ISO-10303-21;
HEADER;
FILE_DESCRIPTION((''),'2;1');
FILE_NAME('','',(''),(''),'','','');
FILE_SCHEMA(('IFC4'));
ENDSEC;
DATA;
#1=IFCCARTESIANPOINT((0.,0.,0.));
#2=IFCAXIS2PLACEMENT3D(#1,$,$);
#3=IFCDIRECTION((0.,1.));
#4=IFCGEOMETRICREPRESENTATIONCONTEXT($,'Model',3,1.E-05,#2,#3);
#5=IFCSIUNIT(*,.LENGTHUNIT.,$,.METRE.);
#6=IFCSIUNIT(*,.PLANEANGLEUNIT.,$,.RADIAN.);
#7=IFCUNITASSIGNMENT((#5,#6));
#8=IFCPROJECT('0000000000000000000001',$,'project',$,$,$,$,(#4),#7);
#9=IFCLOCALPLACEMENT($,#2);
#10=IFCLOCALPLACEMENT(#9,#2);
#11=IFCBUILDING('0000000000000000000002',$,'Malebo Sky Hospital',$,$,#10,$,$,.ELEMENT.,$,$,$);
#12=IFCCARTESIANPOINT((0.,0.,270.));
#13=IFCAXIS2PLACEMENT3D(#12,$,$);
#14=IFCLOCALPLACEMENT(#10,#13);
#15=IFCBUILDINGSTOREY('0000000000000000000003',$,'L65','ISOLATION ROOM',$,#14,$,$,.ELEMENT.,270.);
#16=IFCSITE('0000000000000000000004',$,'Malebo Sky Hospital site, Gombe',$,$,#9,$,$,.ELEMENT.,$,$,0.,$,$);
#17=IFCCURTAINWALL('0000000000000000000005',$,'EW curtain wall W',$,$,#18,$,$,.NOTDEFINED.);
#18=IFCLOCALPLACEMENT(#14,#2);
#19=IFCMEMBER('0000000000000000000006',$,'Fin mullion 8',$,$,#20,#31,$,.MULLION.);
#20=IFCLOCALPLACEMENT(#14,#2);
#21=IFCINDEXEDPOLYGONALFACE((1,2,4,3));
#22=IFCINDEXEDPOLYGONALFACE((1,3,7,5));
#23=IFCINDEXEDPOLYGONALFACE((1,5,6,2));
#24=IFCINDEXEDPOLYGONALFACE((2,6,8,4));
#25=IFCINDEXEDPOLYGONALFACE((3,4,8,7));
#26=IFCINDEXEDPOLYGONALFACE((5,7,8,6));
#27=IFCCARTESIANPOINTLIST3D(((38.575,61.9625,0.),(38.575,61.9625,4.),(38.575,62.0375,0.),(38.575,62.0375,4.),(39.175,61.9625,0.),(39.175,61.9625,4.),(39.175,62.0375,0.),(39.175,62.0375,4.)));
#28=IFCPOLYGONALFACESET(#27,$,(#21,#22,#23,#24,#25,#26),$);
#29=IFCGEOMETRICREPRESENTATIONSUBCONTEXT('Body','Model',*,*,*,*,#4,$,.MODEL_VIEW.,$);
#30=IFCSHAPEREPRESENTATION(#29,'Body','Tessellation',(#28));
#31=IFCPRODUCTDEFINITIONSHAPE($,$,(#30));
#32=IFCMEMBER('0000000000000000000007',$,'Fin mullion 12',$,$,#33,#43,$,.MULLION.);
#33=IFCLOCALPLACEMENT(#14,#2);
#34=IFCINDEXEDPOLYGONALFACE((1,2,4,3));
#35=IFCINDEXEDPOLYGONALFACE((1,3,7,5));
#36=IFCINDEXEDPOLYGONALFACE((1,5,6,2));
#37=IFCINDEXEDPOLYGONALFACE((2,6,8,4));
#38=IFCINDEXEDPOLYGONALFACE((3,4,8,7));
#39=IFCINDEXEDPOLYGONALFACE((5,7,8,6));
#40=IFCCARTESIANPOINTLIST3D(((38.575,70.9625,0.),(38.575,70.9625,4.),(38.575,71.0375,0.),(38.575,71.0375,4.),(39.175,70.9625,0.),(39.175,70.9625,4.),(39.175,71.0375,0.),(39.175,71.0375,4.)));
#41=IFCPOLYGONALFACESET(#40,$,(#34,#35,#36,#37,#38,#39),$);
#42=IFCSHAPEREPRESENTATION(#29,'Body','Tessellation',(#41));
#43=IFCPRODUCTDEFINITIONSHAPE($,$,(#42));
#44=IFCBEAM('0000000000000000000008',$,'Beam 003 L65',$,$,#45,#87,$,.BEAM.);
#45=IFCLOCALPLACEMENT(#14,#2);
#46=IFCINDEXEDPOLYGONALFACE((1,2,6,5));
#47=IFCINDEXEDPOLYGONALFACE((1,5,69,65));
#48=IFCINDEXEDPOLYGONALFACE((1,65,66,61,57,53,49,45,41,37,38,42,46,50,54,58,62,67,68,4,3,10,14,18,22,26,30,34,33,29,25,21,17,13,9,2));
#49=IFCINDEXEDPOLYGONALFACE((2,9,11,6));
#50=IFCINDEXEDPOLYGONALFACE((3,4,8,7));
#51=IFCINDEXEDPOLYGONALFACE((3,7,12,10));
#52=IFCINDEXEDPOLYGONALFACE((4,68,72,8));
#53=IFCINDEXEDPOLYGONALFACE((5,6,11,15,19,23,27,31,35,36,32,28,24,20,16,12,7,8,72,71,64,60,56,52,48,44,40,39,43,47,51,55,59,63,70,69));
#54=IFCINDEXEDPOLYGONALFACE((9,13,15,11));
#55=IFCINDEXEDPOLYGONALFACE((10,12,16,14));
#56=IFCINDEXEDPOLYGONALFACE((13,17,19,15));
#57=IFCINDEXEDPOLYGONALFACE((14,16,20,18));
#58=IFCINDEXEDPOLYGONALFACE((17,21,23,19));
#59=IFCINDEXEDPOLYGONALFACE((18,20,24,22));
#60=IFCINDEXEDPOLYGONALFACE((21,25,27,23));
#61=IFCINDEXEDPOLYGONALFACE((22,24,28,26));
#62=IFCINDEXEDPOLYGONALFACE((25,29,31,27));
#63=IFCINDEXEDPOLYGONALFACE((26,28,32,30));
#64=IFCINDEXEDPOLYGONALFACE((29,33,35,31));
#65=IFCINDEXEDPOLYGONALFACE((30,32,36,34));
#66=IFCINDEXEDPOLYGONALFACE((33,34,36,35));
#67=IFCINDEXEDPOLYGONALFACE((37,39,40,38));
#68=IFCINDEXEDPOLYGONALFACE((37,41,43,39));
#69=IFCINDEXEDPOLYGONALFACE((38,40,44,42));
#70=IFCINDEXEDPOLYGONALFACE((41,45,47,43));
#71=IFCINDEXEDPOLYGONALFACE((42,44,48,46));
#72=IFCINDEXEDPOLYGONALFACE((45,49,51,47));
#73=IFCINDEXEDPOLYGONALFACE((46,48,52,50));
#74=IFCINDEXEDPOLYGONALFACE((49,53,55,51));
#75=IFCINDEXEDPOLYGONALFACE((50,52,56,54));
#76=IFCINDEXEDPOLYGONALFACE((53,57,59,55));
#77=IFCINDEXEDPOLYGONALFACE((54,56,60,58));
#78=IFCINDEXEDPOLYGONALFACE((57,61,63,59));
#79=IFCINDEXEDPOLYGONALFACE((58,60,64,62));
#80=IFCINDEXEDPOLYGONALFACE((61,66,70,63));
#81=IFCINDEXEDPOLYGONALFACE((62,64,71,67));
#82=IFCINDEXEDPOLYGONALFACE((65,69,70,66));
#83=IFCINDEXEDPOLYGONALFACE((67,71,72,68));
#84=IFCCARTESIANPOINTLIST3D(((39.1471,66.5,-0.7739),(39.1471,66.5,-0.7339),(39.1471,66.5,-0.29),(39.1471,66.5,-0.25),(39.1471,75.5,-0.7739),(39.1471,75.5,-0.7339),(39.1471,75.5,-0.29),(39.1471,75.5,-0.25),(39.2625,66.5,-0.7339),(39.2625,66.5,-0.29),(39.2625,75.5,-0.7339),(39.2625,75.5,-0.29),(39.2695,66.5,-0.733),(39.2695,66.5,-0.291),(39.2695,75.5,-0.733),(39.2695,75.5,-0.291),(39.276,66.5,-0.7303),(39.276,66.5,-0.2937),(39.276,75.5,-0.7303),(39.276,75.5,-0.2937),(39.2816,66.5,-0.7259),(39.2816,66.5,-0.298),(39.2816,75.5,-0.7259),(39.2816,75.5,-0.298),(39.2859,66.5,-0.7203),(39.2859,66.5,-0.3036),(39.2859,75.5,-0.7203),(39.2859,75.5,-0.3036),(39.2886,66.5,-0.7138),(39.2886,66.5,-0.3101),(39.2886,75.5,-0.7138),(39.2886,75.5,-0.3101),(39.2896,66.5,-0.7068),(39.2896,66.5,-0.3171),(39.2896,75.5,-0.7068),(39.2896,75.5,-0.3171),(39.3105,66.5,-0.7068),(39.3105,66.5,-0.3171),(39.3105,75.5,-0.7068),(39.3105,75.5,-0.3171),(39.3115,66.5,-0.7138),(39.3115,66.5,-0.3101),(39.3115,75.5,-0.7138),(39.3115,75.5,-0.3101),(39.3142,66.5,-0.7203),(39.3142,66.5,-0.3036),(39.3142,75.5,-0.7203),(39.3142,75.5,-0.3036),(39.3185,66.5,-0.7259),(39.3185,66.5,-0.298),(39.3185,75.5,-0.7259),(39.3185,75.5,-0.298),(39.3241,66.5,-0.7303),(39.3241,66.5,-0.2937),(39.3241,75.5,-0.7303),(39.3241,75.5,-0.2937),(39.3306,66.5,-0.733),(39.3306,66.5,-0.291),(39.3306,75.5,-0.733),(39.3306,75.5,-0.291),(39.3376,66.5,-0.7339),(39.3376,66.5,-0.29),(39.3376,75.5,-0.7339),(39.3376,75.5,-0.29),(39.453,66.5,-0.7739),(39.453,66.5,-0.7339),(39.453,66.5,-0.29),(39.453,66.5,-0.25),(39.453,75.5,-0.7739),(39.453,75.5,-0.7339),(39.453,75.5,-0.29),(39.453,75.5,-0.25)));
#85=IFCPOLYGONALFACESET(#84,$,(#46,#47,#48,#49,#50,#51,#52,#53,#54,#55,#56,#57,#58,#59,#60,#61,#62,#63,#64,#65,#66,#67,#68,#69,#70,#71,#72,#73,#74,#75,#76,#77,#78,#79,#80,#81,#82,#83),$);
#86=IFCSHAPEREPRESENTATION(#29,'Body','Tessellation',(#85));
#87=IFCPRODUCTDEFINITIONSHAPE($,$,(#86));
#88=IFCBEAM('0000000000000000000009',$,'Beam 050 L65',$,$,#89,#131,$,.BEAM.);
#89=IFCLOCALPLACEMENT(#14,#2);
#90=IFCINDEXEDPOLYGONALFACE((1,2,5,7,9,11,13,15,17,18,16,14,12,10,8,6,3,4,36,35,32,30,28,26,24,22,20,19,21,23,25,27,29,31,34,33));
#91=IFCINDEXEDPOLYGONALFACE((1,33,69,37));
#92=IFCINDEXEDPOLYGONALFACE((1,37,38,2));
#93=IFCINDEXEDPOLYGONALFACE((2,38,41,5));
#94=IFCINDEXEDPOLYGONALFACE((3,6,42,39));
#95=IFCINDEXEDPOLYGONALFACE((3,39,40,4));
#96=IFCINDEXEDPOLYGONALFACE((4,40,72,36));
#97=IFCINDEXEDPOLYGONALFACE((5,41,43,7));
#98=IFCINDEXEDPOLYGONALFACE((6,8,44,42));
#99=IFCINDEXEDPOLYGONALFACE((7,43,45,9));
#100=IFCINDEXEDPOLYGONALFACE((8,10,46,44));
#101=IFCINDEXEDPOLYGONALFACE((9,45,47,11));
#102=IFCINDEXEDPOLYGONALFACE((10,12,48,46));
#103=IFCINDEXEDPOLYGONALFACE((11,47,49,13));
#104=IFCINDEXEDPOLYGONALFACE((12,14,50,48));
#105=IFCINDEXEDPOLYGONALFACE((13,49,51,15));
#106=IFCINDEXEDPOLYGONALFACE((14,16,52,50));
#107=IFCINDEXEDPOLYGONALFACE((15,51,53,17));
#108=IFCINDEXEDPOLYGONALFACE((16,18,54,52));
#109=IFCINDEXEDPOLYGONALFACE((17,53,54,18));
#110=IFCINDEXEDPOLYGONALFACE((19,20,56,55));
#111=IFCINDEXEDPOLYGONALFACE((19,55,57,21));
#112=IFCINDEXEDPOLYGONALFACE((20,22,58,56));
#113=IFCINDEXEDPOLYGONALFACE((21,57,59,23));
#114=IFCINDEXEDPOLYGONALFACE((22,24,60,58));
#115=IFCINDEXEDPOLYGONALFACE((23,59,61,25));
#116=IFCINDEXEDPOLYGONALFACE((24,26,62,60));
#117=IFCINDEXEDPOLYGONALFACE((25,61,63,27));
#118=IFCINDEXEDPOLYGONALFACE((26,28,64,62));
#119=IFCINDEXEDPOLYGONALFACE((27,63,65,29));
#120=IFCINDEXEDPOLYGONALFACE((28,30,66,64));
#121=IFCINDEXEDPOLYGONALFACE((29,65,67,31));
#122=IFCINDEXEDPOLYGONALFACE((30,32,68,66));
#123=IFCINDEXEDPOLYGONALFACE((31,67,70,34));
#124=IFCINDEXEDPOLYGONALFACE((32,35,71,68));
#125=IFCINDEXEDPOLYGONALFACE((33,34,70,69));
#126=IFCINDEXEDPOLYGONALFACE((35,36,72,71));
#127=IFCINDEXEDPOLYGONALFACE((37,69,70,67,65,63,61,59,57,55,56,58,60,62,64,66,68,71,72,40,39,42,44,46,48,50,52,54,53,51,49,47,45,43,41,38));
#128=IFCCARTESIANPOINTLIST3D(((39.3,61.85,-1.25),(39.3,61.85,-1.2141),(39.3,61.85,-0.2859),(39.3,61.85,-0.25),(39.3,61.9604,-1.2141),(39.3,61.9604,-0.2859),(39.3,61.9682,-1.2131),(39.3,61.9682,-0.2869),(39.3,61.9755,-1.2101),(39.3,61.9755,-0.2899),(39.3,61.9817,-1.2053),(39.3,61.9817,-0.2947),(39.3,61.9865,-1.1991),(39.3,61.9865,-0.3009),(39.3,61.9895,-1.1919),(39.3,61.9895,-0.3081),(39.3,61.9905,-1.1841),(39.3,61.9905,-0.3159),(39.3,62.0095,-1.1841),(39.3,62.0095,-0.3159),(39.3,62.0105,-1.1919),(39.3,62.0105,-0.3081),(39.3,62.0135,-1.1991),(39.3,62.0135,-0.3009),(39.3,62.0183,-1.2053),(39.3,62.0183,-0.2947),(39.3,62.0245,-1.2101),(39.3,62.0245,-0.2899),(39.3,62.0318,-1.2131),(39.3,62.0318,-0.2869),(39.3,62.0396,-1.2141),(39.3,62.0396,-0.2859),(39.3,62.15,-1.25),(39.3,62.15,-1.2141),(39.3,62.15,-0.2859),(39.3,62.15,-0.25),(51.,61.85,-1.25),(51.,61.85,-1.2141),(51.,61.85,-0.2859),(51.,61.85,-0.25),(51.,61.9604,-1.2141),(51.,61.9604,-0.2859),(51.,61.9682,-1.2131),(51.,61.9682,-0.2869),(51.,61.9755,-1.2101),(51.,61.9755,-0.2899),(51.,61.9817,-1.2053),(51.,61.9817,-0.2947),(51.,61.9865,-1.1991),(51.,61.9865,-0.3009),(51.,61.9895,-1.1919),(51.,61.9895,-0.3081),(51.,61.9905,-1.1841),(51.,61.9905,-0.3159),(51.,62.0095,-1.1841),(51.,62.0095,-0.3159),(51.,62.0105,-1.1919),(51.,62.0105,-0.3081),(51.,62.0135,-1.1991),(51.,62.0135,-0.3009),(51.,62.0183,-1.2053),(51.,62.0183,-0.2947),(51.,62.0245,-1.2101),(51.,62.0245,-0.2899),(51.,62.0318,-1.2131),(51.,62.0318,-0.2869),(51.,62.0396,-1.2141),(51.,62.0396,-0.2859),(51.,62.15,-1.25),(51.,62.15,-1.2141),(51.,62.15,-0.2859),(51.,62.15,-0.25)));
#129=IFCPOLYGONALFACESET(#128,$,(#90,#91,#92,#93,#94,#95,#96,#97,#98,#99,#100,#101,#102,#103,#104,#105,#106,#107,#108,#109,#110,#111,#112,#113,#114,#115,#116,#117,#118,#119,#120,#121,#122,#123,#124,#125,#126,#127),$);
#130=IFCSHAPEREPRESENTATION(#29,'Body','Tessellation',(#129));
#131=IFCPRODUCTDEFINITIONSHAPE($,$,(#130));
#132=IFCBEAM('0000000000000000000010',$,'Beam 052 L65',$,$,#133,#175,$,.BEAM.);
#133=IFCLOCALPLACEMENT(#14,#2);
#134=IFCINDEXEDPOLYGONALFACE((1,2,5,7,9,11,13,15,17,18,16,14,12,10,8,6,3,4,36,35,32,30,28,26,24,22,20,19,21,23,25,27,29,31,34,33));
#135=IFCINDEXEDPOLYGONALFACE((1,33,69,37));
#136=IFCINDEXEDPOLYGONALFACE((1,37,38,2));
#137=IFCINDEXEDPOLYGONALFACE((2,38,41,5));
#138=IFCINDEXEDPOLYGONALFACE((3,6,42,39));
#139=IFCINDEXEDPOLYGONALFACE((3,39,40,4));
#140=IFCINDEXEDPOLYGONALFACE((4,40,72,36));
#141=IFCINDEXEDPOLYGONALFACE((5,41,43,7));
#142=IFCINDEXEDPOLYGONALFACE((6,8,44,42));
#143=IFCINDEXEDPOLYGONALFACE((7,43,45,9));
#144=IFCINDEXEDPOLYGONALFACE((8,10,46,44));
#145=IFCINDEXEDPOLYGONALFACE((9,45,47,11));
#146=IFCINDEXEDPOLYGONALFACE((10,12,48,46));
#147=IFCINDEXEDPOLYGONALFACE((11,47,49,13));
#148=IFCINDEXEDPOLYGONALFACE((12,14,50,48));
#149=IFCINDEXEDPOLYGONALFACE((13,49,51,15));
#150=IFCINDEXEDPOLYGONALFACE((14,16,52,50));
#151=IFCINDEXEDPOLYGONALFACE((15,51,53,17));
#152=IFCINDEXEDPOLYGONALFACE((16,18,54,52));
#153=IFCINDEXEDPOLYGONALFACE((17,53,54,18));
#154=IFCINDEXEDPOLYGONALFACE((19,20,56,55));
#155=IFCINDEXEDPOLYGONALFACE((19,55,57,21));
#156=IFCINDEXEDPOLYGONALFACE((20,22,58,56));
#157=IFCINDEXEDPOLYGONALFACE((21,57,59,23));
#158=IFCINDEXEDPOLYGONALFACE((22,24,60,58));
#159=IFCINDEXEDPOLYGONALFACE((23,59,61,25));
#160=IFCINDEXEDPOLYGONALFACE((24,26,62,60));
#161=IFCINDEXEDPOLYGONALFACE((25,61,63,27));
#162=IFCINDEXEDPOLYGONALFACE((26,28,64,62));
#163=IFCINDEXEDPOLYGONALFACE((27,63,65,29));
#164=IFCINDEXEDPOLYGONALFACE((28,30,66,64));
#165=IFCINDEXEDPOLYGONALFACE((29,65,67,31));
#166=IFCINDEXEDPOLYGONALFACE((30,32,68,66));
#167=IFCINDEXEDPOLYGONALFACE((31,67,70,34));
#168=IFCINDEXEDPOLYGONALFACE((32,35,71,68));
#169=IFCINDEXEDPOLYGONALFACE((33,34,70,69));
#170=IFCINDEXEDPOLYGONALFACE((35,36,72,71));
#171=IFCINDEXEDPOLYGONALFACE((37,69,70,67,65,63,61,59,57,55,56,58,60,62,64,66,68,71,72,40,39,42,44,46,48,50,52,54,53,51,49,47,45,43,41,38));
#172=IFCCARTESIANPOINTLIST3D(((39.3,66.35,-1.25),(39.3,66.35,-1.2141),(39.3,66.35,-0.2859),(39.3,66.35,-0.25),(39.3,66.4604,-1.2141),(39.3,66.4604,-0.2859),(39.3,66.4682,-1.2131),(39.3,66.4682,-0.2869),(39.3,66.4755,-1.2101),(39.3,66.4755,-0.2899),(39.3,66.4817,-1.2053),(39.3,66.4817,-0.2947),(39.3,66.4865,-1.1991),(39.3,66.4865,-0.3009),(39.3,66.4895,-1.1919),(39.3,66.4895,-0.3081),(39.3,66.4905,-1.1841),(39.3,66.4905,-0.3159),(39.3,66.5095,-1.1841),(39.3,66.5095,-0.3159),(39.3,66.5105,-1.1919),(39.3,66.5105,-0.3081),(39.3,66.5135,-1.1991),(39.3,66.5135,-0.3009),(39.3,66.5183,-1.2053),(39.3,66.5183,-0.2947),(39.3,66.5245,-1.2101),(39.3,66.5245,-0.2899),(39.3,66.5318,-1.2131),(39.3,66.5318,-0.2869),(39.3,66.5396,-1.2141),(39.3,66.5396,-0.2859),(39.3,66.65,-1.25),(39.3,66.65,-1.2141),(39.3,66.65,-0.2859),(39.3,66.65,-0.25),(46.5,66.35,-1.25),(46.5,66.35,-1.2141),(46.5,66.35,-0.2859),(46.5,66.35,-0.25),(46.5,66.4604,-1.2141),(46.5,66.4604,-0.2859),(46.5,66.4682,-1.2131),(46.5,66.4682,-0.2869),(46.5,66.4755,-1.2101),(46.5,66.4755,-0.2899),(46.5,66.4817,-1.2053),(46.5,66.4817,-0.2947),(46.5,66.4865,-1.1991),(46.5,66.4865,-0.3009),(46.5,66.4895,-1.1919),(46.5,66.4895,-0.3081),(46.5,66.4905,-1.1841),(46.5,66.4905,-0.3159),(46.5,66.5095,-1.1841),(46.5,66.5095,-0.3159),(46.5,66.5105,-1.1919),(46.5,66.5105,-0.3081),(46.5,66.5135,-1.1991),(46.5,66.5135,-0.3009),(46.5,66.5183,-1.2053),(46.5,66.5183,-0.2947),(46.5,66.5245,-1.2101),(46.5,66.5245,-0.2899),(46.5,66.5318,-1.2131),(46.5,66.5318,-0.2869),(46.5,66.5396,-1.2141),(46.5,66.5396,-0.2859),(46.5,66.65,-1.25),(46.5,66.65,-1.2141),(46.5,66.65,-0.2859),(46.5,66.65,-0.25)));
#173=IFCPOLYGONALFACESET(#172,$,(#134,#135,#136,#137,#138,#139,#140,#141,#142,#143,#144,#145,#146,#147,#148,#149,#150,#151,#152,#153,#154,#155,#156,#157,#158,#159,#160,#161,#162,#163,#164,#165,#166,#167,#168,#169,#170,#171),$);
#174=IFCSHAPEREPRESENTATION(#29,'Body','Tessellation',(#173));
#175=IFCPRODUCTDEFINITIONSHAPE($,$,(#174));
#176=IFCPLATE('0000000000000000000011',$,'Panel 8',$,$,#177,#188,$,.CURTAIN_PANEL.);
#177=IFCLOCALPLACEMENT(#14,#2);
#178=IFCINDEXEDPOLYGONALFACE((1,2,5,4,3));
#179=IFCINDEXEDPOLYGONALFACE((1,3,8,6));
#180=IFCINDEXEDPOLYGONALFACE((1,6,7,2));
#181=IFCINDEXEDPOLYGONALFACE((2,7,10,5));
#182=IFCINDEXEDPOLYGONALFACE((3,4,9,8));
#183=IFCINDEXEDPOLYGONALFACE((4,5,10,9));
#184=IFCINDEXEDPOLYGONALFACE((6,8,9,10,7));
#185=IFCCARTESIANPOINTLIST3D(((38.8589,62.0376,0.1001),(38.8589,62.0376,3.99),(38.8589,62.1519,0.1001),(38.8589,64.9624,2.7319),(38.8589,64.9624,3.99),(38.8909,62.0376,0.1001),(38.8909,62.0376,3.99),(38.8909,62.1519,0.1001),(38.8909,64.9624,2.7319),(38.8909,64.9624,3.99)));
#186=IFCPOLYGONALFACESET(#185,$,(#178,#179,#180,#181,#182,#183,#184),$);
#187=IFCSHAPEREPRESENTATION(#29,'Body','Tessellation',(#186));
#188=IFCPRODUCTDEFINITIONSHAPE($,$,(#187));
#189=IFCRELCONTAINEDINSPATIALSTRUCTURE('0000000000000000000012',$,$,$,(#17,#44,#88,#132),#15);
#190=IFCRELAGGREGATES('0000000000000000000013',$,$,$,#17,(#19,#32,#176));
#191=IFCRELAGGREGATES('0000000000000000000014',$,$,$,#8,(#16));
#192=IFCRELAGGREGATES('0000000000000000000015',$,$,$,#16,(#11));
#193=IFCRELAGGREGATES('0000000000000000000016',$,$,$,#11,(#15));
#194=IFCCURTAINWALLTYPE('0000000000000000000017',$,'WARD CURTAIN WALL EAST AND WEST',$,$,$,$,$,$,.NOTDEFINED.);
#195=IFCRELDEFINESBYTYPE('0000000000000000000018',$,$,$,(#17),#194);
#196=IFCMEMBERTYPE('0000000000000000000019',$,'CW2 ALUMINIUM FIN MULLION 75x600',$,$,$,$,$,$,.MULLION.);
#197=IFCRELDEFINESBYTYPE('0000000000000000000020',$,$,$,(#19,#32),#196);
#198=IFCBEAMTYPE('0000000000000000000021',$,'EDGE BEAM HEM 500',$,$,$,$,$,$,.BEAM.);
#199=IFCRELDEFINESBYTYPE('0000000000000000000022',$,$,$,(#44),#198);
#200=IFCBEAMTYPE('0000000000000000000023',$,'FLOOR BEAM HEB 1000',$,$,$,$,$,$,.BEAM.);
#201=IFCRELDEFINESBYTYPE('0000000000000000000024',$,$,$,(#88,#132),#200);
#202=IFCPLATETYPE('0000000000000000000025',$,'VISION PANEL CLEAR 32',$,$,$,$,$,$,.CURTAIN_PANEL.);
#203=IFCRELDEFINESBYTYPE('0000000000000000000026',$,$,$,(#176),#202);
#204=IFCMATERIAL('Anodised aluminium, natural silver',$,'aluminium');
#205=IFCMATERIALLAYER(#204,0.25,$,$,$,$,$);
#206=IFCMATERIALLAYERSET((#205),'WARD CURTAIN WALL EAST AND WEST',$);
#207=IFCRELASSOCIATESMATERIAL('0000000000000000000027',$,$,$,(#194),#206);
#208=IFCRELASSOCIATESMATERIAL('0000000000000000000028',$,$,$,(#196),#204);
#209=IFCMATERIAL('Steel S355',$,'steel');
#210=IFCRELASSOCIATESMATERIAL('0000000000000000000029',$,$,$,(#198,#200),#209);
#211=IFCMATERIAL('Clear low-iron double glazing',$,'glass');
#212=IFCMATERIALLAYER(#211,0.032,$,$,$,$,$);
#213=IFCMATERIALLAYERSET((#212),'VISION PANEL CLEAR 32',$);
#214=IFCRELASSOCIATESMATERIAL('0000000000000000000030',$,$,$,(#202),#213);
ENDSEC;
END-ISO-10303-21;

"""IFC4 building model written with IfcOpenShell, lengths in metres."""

from ifc_helpers import new_model, si_unit, direction, frame, origin, origin_2d, place, context, subcontext, project, spatial, polyline, rectangle, i_section, outline, extrude, material, layer, layer_set, material_profile, profile_set, type_object, element, aggregate, save


model = new_model("IFC4")

# Units and contexts
model_context = context("Model", 3, precision=1e-05, world=origin(), true_north=direction((0.0, 1.0)))
body_context = subcontext(model_context, "Body", "Model", "MODEL_VIEW")
ifc_project = project(units=[si_unit("LENGTHUNIT", "METRE"), si_unit("PLANEANGLEUNIT", "RADIAN")], contexts=[model_context])

# Site, building, storey
site_placement = place(None, origin())
site = spatial("IfcSite", under=ifc_project, at=site_placement, Name="Malebo Sky Hospital site, Gombe", CompositionType="ELEMENT", RefElevation=0.0)
building_placement = place(site_placement, origin())
building = spatial("IfcBuilding", under=site, at=building_placement, Name="Malebo Sky Hospital", CompositionType="ELEMENT")
storey_placement = place(building_placement, frame((0.0, 0.0, 270.0)))
storey = spatial("IfcBuildingStorey", under=building, at=storey_placement, Name="L65", Description="ISOLATION ROOM", CompositionType="ELEMENT", Elevation=270.0)

# Curtain wall
ifc_material_1 = material(Name="Anodised aluminium, natural silver", Category="aluminium")
ifc_layer_1 = layer(ifc_material_1, 0.25)
ifc_layer_set_1 = layer_set([ifc_layer_1], Name="WARD CURTAIN WALL EAST AND WEST")
curtain_wall_type = type_object("IfcCurtainWallType", Name="WARD CURTAIN WALL EAST AND WEST", PredefinedType="NOTDEFINED", material=ifc_layer_set_1)
curtain_wall_placement = place(storey_placement, origin())
curtain_wall = element("IfcCurtainWall", 1, at=curtain_wall_placement, inside=storey, type_object=curtain_wall_type, Name="EW curtain wall W", PredefinedType="NOTDEFINED")

# Members
ifc_material_2 = material(Name="Steel S355", Category="steel")
ifc_material_profile_1 = material_profile(ifc_material_1, rectangle(XDim=0.075, YDim=0.6001, at=origin_2d()), Name="CW2 ALUMINIUM FIN MULLION 75x600")
ifc_profile_set_1 = profile_set([ifc_material_profile_1], Name="Anodised aluminium, natural silver")
member_type_1 = type_object("IfcMemberType", Name="CW2 ALUMINIUM FIN MULLION 75x600", PredefinedType="MULLION", material=ifc_profile_set_1)
member_1_placement = place(storey_placement, frame((38.875, 62.0, 0.0), z_axis=(0.0, 0.0, 1.0), x_axis=(0.0, 1.0, 0.0)))
member_1 = element("IfcMember", 2, at=member_1_placement, type_object=member_type_1, Name="Fin mullion 8", PredefinedType="MULLION", context=body_context, shape_type="SweptSolid", body=[
    extrude(rectangle(XDim=0.075, YDim=0.6001, at=origin_2d()), origin(), (0.0, 0.0, 1.0), 4.0),
])
member_2_placement = place(storey_placement, frame((38.875, 71.0, 0.0), z_axis=(0.0, 0.0, 1.0), x_axis=(0.0, 1.0, 0.0)))
member_2 = element("IfcMember", 3, at=member_2_placement, type_object=member_type_1, Name="Fin mullion 12", PredefinedType="MULLION", context=body_context, shape_type="SweptSolid", body=[
    extrude(rectangle(XDim=0.075, YDim=0.6001, at=origin_2d()), origin(), (0.0, 0.0, 1.0), 4.0),
])

# Beams
ifc_material_profile_2 = material_profile(ifc_material_2, i_section(OverallWidth=0.3059, OverallDepth=0.5239, WebThickness=0.021, FlangeThickness=0.04, FilletRadius=0.0271, at=origin_2d()), Name="HEM 500")
ifc_profile_set_2 = profile_set([ifc_material_profile_2], Name="Steel S355")
beam_type_1 = type_object("IfcBeamType", Name="EDGE BEAM HEM 500", PredefinedType="BEAM", material=ifc_profile_set_2)
beam_1_placement = place(storey_placement, frame((39.3, 66.5, -0.512), z_axis=(0.0, 1.0, 0.0), x_axis=(-1.0, 0.0, 0.0)))
element("IfcBeam", 4, at=beam_1_placement, inside=storey, type_object=beam_type_1, Name="Beam 003 L65", PredefinedType="BEAM", context=body_context, shape_type="SweptSolid", body=[
    extrude(i_section(OverallWidth=0.3059, OverallDepth=0.5239, WebThickness=0.021, FlangeThickness=0.04, FilletRadius=0.0271, at=origin_2d()), origin(), (0.0, 0.0, 1.0), 9.0),
])
ifc_material_profile_3 = material_profile(ifc_material_2, i_section(OverallWidth=0.3, OverallDepth=1.0, WebThickness=0.019, FlangeThickness=0.0359, FilletRadius=0.03, at=origin_2d()), Name="HEB 1000")
ifc_profile_set_3 = profile_set([ifc_material_profile_3], Name="Steel S355")
beam_type_2 = type_object("IfcBeamType", Name="FLOOR BEAM HEB 1000", PredefinedType="BEAM", material=ifc_profile_set_3)
beam_2_placement = place(storey_placement, frame((39.3, 62.0, -0.75), z_axis=(1.0, 0.0, 0.0), x_axis=(0.0, 1.0, 0.0)))
element("IfcBeam", 5, at=beam_2_placement, inside=storey, type_object=beam_type_2, Name="Beam 050 L65", PredefinedType="BEAM", context=body_context, shape_type="SweptSolid", body=[
    extrude(i_section(OverallWidth=0.3, OverallDepth=1.0, WebThickness=0.019, FlangeThickness=0.0359, FilletRadius=0.03, at=origin_2d()), origin(), (0.0, 0.0, 1.0), 11.7),
])
beam_3_placement = place(storey_placement, frame((39.3, 66.5, -0.75), z_axis=(1.0, 0.0, 0.0), x_axis=(0.0, 1.0, 0.0)))
element("IfcBeam", 6, at=beam_3_placement, inside=storey, type_object=beam_type_2, Name="Beam 052 L65", PredefinedType="BEAM", context=body_context, shape_type="SweptSolid", body=[
    extrude(i_section(OverallWidth=0.3, OverallDepth=1.0, WebThickness=0.019, FlangeThickness=0.0359, FilletRadius=0.03, at=origin_2d()), origin(), (0.0, 0.0, 1.0), 7.2),
])

# Plate
ifc_material_3 = material(Name="Clear low-iron double glazing", Category="glass")
ifc_layer_2 = layer(ifc_material_3, 0.032)
ifc_layer_set_2 = layer_set([ifc_layer_2], Name="VISION PANEL CLEAR 32")
plate_type = type_object("IfcPlateType", Name="VISION PANEL CLEAR 32", PredefinedType="CURTAIN_PANEL", material=ifc_layer_set_2)
plate_1_placement = place(storey_placement, frame((38.875, 63.5, 0.1001), z_axis=(0.0, 0.0, 1.0), x_axis=(0.0, 1.0, 0.0)))
plate_1 = element("IfcPlate", 7, at=plate_1_placement, type_object=plate_type, Name="Panel 8", PredefinedType="CURTAIN_PANEL", context=body_context, shape_type="SweptSolid", body=[
    extrude(outline(polyline([(-1.4624, 0.0), (-1.3481, 0.0), (1.4624, 2.6318), (1.4624, 3.8899), (-1.4624, 3.8899), (-1.4624, 0.0)])), frame((0.0, 0.0161, 0.0), z_axis=(0.0, -1.0, 0.0), x_axis=(1.0, 0.0, 0.0)), (0.0, 0.0, 1.0), 0.032),
])
aggregate(curtain_wall, [member_1, member_2, plate_1])

save(model, "model.ifc")
